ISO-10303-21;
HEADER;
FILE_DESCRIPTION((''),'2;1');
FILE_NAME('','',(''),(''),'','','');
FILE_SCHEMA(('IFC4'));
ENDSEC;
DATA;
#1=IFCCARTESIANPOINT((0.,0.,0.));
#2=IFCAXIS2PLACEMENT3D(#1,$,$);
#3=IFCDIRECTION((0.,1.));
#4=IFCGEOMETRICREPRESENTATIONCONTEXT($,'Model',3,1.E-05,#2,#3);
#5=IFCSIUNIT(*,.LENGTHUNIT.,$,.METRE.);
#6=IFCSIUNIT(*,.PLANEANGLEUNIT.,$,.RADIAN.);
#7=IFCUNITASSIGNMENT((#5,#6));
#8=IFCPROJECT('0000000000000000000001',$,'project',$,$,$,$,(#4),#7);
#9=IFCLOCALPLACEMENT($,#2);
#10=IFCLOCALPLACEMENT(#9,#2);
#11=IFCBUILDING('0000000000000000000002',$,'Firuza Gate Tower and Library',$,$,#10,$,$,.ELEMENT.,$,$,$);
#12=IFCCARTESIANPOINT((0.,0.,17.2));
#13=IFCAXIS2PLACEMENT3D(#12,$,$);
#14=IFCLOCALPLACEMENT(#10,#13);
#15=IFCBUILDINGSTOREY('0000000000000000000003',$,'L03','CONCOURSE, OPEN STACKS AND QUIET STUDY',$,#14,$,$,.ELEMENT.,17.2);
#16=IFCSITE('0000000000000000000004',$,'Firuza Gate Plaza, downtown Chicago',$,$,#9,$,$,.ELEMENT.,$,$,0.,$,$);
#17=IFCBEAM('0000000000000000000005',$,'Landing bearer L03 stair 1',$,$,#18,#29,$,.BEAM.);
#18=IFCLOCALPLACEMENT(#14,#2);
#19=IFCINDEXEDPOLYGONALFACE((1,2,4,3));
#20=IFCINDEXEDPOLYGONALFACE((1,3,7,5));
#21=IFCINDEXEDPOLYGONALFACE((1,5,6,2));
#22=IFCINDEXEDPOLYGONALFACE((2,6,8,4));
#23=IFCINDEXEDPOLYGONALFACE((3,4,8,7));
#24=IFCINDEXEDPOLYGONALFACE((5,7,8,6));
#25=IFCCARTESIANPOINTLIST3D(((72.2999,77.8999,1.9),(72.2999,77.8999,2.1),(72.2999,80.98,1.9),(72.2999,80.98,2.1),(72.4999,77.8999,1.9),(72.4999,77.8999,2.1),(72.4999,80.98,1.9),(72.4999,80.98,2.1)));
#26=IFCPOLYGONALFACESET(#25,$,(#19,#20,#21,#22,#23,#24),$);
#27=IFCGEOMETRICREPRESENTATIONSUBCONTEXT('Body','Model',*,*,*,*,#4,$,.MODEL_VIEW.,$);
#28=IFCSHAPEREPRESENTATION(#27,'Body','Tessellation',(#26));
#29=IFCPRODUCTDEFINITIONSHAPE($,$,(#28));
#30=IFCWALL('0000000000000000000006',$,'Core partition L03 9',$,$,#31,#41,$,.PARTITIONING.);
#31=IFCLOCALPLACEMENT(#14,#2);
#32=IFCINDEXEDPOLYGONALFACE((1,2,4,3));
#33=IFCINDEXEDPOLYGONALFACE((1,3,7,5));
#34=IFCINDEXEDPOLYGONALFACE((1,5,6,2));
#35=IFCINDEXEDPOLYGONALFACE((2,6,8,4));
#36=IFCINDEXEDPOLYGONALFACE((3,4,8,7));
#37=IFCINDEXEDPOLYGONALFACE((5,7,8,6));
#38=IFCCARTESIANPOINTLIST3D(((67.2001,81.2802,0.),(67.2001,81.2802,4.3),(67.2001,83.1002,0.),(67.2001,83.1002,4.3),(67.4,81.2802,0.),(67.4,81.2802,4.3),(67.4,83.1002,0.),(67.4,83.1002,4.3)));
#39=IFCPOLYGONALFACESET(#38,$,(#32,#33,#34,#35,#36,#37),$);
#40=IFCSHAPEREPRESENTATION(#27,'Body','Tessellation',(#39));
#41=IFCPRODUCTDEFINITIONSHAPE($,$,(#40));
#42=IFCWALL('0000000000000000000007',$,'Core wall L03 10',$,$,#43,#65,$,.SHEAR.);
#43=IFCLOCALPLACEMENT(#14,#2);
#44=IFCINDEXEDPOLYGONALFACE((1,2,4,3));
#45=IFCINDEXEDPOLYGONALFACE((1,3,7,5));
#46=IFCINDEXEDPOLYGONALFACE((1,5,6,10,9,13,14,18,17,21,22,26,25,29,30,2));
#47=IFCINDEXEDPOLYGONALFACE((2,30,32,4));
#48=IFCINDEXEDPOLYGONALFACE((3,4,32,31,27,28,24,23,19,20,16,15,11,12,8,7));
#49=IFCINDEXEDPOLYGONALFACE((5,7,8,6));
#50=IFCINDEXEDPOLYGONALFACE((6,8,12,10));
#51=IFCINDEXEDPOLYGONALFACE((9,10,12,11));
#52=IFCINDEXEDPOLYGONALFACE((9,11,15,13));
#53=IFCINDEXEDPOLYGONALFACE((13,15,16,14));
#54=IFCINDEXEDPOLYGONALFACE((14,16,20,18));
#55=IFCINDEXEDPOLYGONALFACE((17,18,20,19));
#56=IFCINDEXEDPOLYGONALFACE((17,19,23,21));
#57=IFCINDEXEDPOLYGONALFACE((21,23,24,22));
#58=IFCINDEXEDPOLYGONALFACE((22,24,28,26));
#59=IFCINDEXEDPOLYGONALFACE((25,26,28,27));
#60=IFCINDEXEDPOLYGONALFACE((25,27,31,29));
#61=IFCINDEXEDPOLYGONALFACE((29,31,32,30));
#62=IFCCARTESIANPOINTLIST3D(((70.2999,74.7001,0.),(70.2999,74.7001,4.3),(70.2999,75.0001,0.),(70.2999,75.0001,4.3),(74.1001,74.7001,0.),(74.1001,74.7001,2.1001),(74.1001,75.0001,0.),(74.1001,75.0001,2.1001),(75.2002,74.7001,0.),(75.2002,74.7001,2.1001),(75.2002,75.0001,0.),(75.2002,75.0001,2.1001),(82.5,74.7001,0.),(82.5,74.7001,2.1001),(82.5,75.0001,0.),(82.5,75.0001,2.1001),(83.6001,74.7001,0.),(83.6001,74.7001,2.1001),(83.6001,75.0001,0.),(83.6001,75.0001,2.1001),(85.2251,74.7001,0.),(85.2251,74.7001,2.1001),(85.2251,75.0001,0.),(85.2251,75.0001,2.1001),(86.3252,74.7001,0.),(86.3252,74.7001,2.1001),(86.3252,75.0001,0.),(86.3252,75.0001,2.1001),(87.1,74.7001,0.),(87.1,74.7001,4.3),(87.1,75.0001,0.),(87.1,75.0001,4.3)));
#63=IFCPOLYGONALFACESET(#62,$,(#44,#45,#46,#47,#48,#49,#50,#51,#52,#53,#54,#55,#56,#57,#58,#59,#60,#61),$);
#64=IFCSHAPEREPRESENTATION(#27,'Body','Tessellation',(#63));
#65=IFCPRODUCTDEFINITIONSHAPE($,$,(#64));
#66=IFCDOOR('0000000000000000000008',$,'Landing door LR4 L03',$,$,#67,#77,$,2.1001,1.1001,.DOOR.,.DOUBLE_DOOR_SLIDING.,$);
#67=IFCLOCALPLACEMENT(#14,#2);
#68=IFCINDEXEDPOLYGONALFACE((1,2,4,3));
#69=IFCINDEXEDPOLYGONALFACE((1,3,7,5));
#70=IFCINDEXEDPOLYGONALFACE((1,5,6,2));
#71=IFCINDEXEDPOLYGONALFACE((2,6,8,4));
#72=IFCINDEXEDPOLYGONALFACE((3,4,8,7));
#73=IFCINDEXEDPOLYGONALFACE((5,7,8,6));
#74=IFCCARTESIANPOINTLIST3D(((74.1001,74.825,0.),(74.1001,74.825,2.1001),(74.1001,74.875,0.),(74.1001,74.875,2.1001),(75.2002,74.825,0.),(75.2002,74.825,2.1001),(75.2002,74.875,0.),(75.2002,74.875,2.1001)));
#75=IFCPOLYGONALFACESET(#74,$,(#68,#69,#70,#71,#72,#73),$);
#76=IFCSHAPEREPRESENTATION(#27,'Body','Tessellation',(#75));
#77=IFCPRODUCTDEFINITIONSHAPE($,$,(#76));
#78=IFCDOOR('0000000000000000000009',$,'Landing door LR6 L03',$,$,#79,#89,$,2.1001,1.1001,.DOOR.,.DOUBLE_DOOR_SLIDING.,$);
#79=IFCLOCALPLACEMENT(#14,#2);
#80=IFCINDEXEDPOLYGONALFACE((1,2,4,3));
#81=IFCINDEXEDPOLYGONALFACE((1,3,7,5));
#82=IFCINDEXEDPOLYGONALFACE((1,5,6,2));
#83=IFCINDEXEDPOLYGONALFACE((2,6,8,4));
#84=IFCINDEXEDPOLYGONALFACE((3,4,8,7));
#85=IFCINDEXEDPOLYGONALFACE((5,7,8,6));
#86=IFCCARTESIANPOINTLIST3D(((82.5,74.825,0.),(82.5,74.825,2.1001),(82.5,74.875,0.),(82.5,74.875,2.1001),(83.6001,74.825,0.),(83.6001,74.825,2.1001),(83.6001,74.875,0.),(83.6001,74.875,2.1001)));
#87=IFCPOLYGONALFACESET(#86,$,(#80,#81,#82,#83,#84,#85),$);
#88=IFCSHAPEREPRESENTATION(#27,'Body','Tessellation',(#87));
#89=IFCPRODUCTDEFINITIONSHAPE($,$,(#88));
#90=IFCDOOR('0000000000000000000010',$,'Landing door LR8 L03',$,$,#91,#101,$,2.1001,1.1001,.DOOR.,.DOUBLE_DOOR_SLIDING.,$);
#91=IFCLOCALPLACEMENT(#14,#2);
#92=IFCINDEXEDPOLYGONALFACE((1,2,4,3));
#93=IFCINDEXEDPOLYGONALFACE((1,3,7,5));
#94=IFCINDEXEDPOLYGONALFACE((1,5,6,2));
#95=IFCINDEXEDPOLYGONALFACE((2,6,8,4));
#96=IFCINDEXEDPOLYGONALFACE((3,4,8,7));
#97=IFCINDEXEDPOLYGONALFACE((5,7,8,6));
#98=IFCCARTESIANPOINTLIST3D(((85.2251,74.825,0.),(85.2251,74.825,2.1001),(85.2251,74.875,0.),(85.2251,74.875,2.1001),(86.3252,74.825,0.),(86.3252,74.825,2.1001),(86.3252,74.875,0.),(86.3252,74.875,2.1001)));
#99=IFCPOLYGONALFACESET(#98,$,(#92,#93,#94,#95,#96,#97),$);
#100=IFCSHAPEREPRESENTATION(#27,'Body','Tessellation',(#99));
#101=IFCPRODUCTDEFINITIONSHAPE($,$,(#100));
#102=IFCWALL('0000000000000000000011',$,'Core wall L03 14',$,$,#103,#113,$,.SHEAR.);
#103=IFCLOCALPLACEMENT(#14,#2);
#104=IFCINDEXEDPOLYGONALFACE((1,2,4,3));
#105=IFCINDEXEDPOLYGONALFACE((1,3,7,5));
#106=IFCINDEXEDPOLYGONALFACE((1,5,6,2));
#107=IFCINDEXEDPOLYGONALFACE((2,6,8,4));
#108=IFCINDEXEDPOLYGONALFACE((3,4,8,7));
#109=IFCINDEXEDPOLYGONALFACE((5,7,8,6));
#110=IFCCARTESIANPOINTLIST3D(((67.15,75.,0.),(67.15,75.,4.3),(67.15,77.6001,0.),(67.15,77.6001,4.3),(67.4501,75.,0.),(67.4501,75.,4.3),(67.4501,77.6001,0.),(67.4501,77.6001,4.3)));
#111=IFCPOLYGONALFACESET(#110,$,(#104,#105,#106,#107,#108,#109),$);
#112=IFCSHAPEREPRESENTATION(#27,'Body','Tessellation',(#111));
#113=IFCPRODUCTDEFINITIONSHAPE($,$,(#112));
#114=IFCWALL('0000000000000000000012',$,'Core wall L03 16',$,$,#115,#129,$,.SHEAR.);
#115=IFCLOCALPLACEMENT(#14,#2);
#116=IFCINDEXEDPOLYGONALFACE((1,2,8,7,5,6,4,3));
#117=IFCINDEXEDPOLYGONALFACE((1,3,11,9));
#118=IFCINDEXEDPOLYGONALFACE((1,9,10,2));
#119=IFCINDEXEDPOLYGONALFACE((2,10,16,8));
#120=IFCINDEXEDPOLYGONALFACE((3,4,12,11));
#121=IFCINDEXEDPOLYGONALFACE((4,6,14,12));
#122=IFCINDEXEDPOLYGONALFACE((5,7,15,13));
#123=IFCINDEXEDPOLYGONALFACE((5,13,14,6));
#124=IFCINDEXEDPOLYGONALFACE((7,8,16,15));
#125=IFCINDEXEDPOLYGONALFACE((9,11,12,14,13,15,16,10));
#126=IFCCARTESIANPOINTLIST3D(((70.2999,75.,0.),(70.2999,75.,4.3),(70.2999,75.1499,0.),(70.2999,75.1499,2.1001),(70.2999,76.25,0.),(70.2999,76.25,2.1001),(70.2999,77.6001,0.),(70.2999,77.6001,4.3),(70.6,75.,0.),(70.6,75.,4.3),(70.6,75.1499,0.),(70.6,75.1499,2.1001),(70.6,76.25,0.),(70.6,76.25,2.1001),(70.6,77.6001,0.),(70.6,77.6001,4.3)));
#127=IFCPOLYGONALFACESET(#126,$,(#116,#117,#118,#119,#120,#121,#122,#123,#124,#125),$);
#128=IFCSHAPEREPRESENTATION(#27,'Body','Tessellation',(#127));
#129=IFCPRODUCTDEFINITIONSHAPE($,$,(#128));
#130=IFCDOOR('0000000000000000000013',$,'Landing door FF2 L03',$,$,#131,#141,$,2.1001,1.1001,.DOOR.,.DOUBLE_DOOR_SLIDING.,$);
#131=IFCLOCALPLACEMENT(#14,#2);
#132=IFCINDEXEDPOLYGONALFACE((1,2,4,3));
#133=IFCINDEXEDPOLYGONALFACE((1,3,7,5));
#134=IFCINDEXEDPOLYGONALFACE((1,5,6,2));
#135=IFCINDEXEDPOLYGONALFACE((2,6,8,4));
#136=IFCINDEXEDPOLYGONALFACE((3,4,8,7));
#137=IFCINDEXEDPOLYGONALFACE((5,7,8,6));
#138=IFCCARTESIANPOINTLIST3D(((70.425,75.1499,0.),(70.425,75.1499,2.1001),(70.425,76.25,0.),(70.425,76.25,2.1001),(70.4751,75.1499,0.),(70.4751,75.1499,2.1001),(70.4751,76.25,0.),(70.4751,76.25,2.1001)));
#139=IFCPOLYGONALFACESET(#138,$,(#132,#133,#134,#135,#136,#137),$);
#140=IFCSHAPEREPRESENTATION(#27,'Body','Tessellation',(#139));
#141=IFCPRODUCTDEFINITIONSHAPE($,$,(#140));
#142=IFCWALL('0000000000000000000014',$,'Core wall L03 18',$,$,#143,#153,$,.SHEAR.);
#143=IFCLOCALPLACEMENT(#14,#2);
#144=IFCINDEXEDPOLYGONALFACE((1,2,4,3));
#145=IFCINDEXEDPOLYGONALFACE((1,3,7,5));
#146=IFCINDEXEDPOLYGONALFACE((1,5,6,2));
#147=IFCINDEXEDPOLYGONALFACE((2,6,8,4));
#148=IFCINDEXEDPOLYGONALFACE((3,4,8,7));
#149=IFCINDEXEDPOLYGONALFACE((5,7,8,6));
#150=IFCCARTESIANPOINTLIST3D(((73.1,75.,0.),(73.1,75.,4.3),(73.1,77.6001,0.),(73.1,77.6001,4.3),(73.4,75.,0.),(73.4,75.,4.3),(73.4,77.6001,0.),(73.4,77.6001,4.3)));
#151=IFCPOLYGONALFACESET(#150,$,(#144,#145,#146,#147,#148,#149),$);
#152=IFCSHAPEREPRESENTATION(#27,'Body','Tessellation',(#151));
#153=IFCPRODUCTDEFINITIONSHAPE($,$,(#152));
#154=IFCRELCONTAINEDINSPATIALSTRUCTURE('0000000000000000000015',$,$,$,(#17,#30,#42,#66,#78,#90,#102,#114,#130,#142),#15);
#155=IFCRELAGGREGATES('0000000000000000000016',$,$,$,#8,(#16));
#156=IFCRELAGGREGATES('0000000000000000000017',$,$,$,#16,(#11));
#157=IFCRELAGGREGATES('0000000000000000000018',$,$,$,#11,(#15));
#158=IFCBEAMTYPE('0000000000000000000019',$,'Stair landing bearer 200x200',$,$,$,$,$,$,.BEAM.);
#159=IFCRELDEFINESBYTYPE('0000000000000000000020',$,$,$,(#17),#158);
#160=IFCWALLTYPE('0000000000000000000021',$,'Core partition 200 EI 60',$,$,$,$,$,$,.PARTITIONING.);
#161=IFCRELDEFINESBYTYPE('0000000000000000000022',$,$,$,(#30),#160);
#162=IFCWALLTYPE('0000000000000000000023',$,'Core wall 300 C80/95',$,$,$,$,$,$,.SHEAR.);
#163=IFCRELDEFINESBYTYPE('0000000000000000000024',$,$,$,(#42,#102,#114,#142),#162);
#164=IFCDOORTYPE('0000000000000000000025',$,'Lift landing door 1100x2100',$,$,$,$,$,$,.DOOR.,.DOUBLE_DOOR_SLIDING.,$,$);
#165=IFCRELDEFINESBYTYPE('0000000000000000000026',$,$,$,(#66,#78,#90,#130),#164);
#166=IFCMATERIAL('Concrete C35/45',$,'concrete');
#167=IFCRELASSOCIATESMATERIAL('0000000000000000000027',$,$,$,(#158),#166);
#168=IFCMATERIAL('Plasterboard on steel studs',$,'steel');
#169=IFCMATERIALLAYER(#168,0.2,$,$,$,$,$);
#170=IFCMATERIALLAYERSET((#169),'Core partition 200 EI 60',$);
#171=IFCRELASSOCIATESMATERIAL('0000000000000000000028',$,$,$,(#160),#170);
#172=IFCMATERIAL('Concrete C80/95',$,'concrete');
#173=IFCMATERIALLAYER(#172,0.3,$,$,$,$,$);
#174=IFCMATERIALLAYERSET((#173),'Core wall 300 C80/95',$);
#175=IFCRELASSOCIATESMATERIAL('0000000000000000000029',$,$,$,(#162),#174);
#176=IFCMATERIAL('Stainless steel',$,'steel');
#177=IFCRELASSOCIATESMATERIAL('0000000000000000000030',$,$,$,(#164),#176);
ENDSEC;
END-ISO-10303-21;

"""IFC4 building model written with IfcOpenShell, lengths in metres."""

from ifc_helpers import new_model, si_unit, direction, frame, frame_2d, origin, origin_2d, place, context, subcontext, project, spatial, rectangle, extrude, material, layer, layer_set, material_profile, profile_set, type_object, element, fill, save


model = new_model("IFC4")

# Units and contexts
model_context = context("Model", 3, precision=1e-05, world=origin(), true_north=direction((0.0, 1.0)))
body_context = subcontext(model_context, "Body", "Model", "MODEL_VIEW")
ifc_project = project(units=[si_unit("LENGTHUNIT", "METRE"), si_unit("PLANEANGLEUNIT", "RADIAN")], contexts=[model_context])

# Site, building, storey
site_placement = place(None, origin())
site = spatial("IfcSite", under=ifc_project, at=site_placement, Name="Firuza Gate Plaza, downtown Chicago", CompositionType="ELEMENT", RefElevation=0.0)
building_placement = place(site_placement, origin())
building = spatial("IfcBuilding", under=site, at=building_placement, Name="Firuza Gate Tower and Library", CompositionType="ELEMENT")
storey_placement = place(building_placement, frame((0.0, 0.0, 17.2)))
storey = spatial("IfcBuildingStorey", under=building, at=storey_placement, Name="L03", Description="CONCOURSE, OPEN STACKS AND QUIET STUDY", CompositionType="ELEMENT", Elevation=17.2)

# Beam
ifc_material_1 = material(Name="Concrete C35/45", Category="concrete")
ifc_material_profile = material_profile(ifc_material_1, rectangle(XDim=0.2, YDim=0.2, at=origin_2d()))
ifc_profile_set = profile_set([ifc_material_profile], Name="Concrete C35/45")
beam_type = type_object("IfcBeamType", Name="Stair landing bearer 200x200", PredefinedType="BEAM", material=ifc_profile_set)
beam_placement = place(storey_placement, frame((72.3999, 77.8999, 2.0), z_axis=(0.0, 1.0, 0.0), x_axis=(-1.0, 0.0, 0.0)))
element("IfcBeam", 1, at=beam_placement, inside=storey, type_object=beam_type, Name="Landing bearer L03 stair 1", PredefinedType="BEAM", context=body_context, shape_type="SweptSolid", body=[
    extrude(rectangle(XDim=0.2, YDim=0.2, at=origin_2d()), origin(), (0.0, 0.0, 1.0), 3.0801),
])

# Wall
ifc_material_2 = material(Name="Plasterboard on steel studs", Category="steel")
ifc_layer_1 = layer(ifc_material_2, 0.2)
ifc_layer_set_1 = layer_set([ifc_layer_1], Name="Core partition 200 EI 60")
wall_type_1 = type_object("IfcWallType", Name="Core partition 200 EI 60", PredefinedType="PARTITIONING", material=ifc_layer_set_1)
wall_1_placement = place(storey_placement, frame((67.3, 81.28, 0.0), z_axis=(0.0, 0.0, 1.0), x_axis=(0.0, 1.0, 0.0)))
element("IfcWall", 2, at=wall_1_placement, inside=storey, type_object=wall_type_1, Name="Core partition L03 9", PredefinedType="PARTITIONING", context=body_context, shape_type="SweptSolid", body=[
    extrude(rectangle(XDim=1.8201, YDim=0.2, at=frame_2d((0.9102, 0.0))), origin(), (0.0, 0.0, 1.0), 4.3),
])

# Wall, openings, doors
ifc_material_3 = material(Name="Concrete C80/95", Category="concrete")
ifc_layer_2 = layer(ifc_material_3, 0.3)
ifc_layer_set_2 = layer_set([ifc_layer_2], Name="Core wall 300 C80/95")
wall_type_2 = type_object("IfcWallType", Name="Core wall 300 C80/95", PredefinedType="SHEAR", material=ifc_layer_set_2)
wall_2_placement = place(storey_placement, frame((70.3, 74.8501, 0.0), z_axis=(0.0, 0.0, 1.0), x_axis=(1.0, 0.0, 0.0)))
wall_2 = element("IfcWall", 3, at=wall_2_placement, inside=storey, type_object=wall_type_2, Name="Core wall L03 10", PredefinedType="SHEAR", context=body_context, shape_type="SweptSolid", body=[
    extrude(rectangle(XDim=16.8, YDim=0.3, at=frame_2d((8.3999, 0.0))), origin(), (0.0, 0.0, 1.0), 4.3),
])
opening_1_placement = place(wall_2_placement, frame((3.8, 0.0, 0.0)))
opening_1 = element("IfcOpeningElement", 4, at=opening_1_placement, cuts=wall_2, PredefinedType="OPENING", context=body_context, shape_type="SweptSolid", body=[
    extrude(rectangle(XDim=1.1001, YDim=2.1001, at=frame_2d((0.55, 1.05))), frame((0.0, 0.1602, 0.0), z_axis=(0.0, -1.0, 0.0), x_axis=(1.0, 0.0, 0.0)), (0.0, 0.0, 1.0), 0.3201),
])
opening_2_placement = place(wall_2_placement, frame((12.2, 0.0, 0.0)))
opening_2 = element("IfcOpeningElement", 5, at=opening_2_placement, cuts=wall_2, PredefinedType="OPENING", context=body_context, shape_type="SweptSolid", body=[
    extrude(rectangle(XDim=1.1001, YDim=2.1001, at=frame_2d((0.55, 1.05))), frame((0.0, 0.1602, 0.0), z_axis=(0.0, -1.0, 0.0), x_axis=(1.0, 0.0, 0.0)), (0.0, 0.0, 1.0), 0.3201),
])
opening_3_placement = place(wall_2_placement, frame((14.925, 0.0, 0.0)))
opening_3 = element("IfcOpeningElement", 6, at=opening_3_placement, cuts=wall_2, PredefinedType="OPENING", context=body_context, shape_type="SweptSolid", body=[
    extrude(rectangle(XDim=1.1001, YDim=2.1001, at=frame_2d((0.55, 1.05))), frame((0.0, 0.1602, 0.0), z_axis=(0.0, -1.0, 0.0), x_axis=(1.0, 0.0, 0.0)), (0.0, 0.0, 1.0), 0.3201),
])
ifc_material_4 = material(Name="Stainless steel", Category="steel")
door_type_1 = type_object("IfcDoorType", Name="Lift landing door 1100x2100", OperationType="DOUBLE_DOOR_SLIDING", PredefinedType="DOOR", material=ifc_material_4)
door_1_placement = place(opening_1_placement, origin())
door_1 = element("IfcDoor", 7, at=door_1_placement, inside=storey, type_object=door_type_1, Name="Landing door LR4 L03", OperationType="DOUBLE_DOOR_SLIDING", OverallHeight=2.1001, OverallWidth=1.1001, PredefinedType="DOOR", context=body_context, shape_type="SweptSolid", body=[
    extrude(rectangle(XDim=1.1001, YDim=2.1001, at=frame_2d((0.55, 1.05))), frame((0.0, 0.0249, 0.0), z_axis=(0.0, -1.0, 0.0), x_axis=(1.0, 0.0, 0.0)), (0.0, 0.0, 1.0), 0.05),
])
fill(opening_1, door_1)
door_2_placement = place(opening_2_placement, origin())
door_2 = element("IfcDoor", 8, at=door_2_placement, inside=storey, type_object=door_type_1, Name="Landing door LR6 L03", OperationType="DOUBLE_DOOR_SLIDING", OverallHeight=2.1001, OverallWidth=1.1001, PredefinedType="DOOR", context=body_context, shape_type="SweptSolid", body=[
    extrude(rectangle(XDim=1.1001, YDim=2.1001, at=frame_2d((0.55, 1.05))), frame((0.0, 0.0249, 0.0), z_axis=(0.0, -1.0, 0.0), x_axis=(1.0, 0.0, 0.0)), (0.0, 0.0, 1.0), 0.05),
])
fill(opening_2, door_2)
door_3_placement = place(opening_3_placement, origin())
door_3 = element("IfcDoor", 9, at=door_3_placement, inside=storey, type_object=door_type_1, Name="Landing door LR8 L03", OperationType="DOUBLE_DOOR_SLIDING", OverallHeight=2.1001, OverallWidth=1.1001, PredefinedType="DOOR", context=body_context, shape_type="SweptSolid", body=[
    extrude(rectangle(XDim=1.1001, YDim=2.1001, at=frame_2d((0.55, 1.05))), frame((0.0, 0.0249, 0.0), z_axis=(0.0, -1.0, 0.0), x_axis=(1.0, 0.0, 0.0)), (0.0, 0.0, 1.0), 0.05),
])
fill(opening_3, door_3)

# Wall
wall_3_placement = place(storey_placement, frame((67.3, 75.0, 0.0), z_axis=(0.0, 0.0, 1.0), x_axis=(0.0, 1.0, 0.0)))
element("IfcWall", 10, at=wall_3_placement, inside=storey, type_object=wall_type_2, Name="Core wall L03 14", PredefinedType="SHEAR", context=body_context, shape_type="SweptSolid", body=[
    extrude(rectangle(XDim=2.6001, YDim=0.3, at=frame_2d((1.3, 0.0))), origin(), (0.0, 0.0, 1.0), 4.3),
])

# Wall, opening, door
wall_4_placement = place(storey_placement, frame((70.45, 75.0, 0.0), z_axis=(0.0, 0.0, 1.0), x_axis=(0.0, 1.0, 0.0)))
wall_4 = element("IfcWall", 11, at=wall_4_placement, inside=storey, type_object=wall_type_2, Name="Core wall L03 16", PredefinedType="SHEAR", context=body_context, shape_type="SweptSolid", body=[
    extrude(rectangle(XDim=2.6001, YDim=0.3, at=frame_2d((1.3, 0.0))), origin(), (0.0, 0.0, 1.0), 4.3),
])
opening_4_placement = place(wall_4_placement, frame((0.1499, 0.0, 0.0)))
opening_4 = element("IfcOpeningElement", 12, at=opening_4_placement, cuts=wall_4, PredefinedType="OPENING", context=body_context, shape_type="SweptSolid", body=[
    extrude(rectangle(XDim=1.1001, YDim=2.1001, at=frame_2d((0.55, 1.05))), frame((0.0, 0.1602, 0.0), z_axis=(0.0, -1.0, 0.0), x_axis=(1.0, 0.0, 0.0)), (0.0, 0.0, 1.0), 0.3201),
])
door_4_placement = place(opening_4_placement, origin())
door_4 = element("IfcDoor", 13, at=door_4_placement, inside=storey, type_object=door_type_1, Name="Landing door FF2 L03", OperationType="DOUBLE_DOOR_SLIDING", OverallHeight=2.1001, OverallWidth=1.1001, PredefinedType="DOOR", context=body_context, shape_type="SweptSolid", body=[
    extrude(rectangle(XDim=1.1001, YDim=2.1001, at=frame_2d((0.55, 1.05))), frame((0.0, 0.0249, 0.0), z_axis=(0.0, -1.0, 0.0), x_axis=(1.0, 0.0, 0.0)), (0.0, 0.0, 1.0), 0.05),
])
fill(opening_4, door_4)

# Wall
wall_5_placement = place(storey_placement, frame((73.25, 75.0, 0.0), z_axis=(0.0, 0.0, 1.0), x_axis=(0.0, 1.0, 0.0)))
element("IfcWall", 14, at=wall_5_placement, inside=storey, type_object=wall_type_2, Name="Core wall L03 18", PredefinedType="SHEAR", context=body_context, shape_type="SweptSolid", body=[
    extrude(rectangle(XDim=2.6001, YDim=0.3, at=frame_2d((1.3, 0.0))), origin(), (0.0, 0.0, 1.0), 4.3),
])

save(model, "model.ifc")
